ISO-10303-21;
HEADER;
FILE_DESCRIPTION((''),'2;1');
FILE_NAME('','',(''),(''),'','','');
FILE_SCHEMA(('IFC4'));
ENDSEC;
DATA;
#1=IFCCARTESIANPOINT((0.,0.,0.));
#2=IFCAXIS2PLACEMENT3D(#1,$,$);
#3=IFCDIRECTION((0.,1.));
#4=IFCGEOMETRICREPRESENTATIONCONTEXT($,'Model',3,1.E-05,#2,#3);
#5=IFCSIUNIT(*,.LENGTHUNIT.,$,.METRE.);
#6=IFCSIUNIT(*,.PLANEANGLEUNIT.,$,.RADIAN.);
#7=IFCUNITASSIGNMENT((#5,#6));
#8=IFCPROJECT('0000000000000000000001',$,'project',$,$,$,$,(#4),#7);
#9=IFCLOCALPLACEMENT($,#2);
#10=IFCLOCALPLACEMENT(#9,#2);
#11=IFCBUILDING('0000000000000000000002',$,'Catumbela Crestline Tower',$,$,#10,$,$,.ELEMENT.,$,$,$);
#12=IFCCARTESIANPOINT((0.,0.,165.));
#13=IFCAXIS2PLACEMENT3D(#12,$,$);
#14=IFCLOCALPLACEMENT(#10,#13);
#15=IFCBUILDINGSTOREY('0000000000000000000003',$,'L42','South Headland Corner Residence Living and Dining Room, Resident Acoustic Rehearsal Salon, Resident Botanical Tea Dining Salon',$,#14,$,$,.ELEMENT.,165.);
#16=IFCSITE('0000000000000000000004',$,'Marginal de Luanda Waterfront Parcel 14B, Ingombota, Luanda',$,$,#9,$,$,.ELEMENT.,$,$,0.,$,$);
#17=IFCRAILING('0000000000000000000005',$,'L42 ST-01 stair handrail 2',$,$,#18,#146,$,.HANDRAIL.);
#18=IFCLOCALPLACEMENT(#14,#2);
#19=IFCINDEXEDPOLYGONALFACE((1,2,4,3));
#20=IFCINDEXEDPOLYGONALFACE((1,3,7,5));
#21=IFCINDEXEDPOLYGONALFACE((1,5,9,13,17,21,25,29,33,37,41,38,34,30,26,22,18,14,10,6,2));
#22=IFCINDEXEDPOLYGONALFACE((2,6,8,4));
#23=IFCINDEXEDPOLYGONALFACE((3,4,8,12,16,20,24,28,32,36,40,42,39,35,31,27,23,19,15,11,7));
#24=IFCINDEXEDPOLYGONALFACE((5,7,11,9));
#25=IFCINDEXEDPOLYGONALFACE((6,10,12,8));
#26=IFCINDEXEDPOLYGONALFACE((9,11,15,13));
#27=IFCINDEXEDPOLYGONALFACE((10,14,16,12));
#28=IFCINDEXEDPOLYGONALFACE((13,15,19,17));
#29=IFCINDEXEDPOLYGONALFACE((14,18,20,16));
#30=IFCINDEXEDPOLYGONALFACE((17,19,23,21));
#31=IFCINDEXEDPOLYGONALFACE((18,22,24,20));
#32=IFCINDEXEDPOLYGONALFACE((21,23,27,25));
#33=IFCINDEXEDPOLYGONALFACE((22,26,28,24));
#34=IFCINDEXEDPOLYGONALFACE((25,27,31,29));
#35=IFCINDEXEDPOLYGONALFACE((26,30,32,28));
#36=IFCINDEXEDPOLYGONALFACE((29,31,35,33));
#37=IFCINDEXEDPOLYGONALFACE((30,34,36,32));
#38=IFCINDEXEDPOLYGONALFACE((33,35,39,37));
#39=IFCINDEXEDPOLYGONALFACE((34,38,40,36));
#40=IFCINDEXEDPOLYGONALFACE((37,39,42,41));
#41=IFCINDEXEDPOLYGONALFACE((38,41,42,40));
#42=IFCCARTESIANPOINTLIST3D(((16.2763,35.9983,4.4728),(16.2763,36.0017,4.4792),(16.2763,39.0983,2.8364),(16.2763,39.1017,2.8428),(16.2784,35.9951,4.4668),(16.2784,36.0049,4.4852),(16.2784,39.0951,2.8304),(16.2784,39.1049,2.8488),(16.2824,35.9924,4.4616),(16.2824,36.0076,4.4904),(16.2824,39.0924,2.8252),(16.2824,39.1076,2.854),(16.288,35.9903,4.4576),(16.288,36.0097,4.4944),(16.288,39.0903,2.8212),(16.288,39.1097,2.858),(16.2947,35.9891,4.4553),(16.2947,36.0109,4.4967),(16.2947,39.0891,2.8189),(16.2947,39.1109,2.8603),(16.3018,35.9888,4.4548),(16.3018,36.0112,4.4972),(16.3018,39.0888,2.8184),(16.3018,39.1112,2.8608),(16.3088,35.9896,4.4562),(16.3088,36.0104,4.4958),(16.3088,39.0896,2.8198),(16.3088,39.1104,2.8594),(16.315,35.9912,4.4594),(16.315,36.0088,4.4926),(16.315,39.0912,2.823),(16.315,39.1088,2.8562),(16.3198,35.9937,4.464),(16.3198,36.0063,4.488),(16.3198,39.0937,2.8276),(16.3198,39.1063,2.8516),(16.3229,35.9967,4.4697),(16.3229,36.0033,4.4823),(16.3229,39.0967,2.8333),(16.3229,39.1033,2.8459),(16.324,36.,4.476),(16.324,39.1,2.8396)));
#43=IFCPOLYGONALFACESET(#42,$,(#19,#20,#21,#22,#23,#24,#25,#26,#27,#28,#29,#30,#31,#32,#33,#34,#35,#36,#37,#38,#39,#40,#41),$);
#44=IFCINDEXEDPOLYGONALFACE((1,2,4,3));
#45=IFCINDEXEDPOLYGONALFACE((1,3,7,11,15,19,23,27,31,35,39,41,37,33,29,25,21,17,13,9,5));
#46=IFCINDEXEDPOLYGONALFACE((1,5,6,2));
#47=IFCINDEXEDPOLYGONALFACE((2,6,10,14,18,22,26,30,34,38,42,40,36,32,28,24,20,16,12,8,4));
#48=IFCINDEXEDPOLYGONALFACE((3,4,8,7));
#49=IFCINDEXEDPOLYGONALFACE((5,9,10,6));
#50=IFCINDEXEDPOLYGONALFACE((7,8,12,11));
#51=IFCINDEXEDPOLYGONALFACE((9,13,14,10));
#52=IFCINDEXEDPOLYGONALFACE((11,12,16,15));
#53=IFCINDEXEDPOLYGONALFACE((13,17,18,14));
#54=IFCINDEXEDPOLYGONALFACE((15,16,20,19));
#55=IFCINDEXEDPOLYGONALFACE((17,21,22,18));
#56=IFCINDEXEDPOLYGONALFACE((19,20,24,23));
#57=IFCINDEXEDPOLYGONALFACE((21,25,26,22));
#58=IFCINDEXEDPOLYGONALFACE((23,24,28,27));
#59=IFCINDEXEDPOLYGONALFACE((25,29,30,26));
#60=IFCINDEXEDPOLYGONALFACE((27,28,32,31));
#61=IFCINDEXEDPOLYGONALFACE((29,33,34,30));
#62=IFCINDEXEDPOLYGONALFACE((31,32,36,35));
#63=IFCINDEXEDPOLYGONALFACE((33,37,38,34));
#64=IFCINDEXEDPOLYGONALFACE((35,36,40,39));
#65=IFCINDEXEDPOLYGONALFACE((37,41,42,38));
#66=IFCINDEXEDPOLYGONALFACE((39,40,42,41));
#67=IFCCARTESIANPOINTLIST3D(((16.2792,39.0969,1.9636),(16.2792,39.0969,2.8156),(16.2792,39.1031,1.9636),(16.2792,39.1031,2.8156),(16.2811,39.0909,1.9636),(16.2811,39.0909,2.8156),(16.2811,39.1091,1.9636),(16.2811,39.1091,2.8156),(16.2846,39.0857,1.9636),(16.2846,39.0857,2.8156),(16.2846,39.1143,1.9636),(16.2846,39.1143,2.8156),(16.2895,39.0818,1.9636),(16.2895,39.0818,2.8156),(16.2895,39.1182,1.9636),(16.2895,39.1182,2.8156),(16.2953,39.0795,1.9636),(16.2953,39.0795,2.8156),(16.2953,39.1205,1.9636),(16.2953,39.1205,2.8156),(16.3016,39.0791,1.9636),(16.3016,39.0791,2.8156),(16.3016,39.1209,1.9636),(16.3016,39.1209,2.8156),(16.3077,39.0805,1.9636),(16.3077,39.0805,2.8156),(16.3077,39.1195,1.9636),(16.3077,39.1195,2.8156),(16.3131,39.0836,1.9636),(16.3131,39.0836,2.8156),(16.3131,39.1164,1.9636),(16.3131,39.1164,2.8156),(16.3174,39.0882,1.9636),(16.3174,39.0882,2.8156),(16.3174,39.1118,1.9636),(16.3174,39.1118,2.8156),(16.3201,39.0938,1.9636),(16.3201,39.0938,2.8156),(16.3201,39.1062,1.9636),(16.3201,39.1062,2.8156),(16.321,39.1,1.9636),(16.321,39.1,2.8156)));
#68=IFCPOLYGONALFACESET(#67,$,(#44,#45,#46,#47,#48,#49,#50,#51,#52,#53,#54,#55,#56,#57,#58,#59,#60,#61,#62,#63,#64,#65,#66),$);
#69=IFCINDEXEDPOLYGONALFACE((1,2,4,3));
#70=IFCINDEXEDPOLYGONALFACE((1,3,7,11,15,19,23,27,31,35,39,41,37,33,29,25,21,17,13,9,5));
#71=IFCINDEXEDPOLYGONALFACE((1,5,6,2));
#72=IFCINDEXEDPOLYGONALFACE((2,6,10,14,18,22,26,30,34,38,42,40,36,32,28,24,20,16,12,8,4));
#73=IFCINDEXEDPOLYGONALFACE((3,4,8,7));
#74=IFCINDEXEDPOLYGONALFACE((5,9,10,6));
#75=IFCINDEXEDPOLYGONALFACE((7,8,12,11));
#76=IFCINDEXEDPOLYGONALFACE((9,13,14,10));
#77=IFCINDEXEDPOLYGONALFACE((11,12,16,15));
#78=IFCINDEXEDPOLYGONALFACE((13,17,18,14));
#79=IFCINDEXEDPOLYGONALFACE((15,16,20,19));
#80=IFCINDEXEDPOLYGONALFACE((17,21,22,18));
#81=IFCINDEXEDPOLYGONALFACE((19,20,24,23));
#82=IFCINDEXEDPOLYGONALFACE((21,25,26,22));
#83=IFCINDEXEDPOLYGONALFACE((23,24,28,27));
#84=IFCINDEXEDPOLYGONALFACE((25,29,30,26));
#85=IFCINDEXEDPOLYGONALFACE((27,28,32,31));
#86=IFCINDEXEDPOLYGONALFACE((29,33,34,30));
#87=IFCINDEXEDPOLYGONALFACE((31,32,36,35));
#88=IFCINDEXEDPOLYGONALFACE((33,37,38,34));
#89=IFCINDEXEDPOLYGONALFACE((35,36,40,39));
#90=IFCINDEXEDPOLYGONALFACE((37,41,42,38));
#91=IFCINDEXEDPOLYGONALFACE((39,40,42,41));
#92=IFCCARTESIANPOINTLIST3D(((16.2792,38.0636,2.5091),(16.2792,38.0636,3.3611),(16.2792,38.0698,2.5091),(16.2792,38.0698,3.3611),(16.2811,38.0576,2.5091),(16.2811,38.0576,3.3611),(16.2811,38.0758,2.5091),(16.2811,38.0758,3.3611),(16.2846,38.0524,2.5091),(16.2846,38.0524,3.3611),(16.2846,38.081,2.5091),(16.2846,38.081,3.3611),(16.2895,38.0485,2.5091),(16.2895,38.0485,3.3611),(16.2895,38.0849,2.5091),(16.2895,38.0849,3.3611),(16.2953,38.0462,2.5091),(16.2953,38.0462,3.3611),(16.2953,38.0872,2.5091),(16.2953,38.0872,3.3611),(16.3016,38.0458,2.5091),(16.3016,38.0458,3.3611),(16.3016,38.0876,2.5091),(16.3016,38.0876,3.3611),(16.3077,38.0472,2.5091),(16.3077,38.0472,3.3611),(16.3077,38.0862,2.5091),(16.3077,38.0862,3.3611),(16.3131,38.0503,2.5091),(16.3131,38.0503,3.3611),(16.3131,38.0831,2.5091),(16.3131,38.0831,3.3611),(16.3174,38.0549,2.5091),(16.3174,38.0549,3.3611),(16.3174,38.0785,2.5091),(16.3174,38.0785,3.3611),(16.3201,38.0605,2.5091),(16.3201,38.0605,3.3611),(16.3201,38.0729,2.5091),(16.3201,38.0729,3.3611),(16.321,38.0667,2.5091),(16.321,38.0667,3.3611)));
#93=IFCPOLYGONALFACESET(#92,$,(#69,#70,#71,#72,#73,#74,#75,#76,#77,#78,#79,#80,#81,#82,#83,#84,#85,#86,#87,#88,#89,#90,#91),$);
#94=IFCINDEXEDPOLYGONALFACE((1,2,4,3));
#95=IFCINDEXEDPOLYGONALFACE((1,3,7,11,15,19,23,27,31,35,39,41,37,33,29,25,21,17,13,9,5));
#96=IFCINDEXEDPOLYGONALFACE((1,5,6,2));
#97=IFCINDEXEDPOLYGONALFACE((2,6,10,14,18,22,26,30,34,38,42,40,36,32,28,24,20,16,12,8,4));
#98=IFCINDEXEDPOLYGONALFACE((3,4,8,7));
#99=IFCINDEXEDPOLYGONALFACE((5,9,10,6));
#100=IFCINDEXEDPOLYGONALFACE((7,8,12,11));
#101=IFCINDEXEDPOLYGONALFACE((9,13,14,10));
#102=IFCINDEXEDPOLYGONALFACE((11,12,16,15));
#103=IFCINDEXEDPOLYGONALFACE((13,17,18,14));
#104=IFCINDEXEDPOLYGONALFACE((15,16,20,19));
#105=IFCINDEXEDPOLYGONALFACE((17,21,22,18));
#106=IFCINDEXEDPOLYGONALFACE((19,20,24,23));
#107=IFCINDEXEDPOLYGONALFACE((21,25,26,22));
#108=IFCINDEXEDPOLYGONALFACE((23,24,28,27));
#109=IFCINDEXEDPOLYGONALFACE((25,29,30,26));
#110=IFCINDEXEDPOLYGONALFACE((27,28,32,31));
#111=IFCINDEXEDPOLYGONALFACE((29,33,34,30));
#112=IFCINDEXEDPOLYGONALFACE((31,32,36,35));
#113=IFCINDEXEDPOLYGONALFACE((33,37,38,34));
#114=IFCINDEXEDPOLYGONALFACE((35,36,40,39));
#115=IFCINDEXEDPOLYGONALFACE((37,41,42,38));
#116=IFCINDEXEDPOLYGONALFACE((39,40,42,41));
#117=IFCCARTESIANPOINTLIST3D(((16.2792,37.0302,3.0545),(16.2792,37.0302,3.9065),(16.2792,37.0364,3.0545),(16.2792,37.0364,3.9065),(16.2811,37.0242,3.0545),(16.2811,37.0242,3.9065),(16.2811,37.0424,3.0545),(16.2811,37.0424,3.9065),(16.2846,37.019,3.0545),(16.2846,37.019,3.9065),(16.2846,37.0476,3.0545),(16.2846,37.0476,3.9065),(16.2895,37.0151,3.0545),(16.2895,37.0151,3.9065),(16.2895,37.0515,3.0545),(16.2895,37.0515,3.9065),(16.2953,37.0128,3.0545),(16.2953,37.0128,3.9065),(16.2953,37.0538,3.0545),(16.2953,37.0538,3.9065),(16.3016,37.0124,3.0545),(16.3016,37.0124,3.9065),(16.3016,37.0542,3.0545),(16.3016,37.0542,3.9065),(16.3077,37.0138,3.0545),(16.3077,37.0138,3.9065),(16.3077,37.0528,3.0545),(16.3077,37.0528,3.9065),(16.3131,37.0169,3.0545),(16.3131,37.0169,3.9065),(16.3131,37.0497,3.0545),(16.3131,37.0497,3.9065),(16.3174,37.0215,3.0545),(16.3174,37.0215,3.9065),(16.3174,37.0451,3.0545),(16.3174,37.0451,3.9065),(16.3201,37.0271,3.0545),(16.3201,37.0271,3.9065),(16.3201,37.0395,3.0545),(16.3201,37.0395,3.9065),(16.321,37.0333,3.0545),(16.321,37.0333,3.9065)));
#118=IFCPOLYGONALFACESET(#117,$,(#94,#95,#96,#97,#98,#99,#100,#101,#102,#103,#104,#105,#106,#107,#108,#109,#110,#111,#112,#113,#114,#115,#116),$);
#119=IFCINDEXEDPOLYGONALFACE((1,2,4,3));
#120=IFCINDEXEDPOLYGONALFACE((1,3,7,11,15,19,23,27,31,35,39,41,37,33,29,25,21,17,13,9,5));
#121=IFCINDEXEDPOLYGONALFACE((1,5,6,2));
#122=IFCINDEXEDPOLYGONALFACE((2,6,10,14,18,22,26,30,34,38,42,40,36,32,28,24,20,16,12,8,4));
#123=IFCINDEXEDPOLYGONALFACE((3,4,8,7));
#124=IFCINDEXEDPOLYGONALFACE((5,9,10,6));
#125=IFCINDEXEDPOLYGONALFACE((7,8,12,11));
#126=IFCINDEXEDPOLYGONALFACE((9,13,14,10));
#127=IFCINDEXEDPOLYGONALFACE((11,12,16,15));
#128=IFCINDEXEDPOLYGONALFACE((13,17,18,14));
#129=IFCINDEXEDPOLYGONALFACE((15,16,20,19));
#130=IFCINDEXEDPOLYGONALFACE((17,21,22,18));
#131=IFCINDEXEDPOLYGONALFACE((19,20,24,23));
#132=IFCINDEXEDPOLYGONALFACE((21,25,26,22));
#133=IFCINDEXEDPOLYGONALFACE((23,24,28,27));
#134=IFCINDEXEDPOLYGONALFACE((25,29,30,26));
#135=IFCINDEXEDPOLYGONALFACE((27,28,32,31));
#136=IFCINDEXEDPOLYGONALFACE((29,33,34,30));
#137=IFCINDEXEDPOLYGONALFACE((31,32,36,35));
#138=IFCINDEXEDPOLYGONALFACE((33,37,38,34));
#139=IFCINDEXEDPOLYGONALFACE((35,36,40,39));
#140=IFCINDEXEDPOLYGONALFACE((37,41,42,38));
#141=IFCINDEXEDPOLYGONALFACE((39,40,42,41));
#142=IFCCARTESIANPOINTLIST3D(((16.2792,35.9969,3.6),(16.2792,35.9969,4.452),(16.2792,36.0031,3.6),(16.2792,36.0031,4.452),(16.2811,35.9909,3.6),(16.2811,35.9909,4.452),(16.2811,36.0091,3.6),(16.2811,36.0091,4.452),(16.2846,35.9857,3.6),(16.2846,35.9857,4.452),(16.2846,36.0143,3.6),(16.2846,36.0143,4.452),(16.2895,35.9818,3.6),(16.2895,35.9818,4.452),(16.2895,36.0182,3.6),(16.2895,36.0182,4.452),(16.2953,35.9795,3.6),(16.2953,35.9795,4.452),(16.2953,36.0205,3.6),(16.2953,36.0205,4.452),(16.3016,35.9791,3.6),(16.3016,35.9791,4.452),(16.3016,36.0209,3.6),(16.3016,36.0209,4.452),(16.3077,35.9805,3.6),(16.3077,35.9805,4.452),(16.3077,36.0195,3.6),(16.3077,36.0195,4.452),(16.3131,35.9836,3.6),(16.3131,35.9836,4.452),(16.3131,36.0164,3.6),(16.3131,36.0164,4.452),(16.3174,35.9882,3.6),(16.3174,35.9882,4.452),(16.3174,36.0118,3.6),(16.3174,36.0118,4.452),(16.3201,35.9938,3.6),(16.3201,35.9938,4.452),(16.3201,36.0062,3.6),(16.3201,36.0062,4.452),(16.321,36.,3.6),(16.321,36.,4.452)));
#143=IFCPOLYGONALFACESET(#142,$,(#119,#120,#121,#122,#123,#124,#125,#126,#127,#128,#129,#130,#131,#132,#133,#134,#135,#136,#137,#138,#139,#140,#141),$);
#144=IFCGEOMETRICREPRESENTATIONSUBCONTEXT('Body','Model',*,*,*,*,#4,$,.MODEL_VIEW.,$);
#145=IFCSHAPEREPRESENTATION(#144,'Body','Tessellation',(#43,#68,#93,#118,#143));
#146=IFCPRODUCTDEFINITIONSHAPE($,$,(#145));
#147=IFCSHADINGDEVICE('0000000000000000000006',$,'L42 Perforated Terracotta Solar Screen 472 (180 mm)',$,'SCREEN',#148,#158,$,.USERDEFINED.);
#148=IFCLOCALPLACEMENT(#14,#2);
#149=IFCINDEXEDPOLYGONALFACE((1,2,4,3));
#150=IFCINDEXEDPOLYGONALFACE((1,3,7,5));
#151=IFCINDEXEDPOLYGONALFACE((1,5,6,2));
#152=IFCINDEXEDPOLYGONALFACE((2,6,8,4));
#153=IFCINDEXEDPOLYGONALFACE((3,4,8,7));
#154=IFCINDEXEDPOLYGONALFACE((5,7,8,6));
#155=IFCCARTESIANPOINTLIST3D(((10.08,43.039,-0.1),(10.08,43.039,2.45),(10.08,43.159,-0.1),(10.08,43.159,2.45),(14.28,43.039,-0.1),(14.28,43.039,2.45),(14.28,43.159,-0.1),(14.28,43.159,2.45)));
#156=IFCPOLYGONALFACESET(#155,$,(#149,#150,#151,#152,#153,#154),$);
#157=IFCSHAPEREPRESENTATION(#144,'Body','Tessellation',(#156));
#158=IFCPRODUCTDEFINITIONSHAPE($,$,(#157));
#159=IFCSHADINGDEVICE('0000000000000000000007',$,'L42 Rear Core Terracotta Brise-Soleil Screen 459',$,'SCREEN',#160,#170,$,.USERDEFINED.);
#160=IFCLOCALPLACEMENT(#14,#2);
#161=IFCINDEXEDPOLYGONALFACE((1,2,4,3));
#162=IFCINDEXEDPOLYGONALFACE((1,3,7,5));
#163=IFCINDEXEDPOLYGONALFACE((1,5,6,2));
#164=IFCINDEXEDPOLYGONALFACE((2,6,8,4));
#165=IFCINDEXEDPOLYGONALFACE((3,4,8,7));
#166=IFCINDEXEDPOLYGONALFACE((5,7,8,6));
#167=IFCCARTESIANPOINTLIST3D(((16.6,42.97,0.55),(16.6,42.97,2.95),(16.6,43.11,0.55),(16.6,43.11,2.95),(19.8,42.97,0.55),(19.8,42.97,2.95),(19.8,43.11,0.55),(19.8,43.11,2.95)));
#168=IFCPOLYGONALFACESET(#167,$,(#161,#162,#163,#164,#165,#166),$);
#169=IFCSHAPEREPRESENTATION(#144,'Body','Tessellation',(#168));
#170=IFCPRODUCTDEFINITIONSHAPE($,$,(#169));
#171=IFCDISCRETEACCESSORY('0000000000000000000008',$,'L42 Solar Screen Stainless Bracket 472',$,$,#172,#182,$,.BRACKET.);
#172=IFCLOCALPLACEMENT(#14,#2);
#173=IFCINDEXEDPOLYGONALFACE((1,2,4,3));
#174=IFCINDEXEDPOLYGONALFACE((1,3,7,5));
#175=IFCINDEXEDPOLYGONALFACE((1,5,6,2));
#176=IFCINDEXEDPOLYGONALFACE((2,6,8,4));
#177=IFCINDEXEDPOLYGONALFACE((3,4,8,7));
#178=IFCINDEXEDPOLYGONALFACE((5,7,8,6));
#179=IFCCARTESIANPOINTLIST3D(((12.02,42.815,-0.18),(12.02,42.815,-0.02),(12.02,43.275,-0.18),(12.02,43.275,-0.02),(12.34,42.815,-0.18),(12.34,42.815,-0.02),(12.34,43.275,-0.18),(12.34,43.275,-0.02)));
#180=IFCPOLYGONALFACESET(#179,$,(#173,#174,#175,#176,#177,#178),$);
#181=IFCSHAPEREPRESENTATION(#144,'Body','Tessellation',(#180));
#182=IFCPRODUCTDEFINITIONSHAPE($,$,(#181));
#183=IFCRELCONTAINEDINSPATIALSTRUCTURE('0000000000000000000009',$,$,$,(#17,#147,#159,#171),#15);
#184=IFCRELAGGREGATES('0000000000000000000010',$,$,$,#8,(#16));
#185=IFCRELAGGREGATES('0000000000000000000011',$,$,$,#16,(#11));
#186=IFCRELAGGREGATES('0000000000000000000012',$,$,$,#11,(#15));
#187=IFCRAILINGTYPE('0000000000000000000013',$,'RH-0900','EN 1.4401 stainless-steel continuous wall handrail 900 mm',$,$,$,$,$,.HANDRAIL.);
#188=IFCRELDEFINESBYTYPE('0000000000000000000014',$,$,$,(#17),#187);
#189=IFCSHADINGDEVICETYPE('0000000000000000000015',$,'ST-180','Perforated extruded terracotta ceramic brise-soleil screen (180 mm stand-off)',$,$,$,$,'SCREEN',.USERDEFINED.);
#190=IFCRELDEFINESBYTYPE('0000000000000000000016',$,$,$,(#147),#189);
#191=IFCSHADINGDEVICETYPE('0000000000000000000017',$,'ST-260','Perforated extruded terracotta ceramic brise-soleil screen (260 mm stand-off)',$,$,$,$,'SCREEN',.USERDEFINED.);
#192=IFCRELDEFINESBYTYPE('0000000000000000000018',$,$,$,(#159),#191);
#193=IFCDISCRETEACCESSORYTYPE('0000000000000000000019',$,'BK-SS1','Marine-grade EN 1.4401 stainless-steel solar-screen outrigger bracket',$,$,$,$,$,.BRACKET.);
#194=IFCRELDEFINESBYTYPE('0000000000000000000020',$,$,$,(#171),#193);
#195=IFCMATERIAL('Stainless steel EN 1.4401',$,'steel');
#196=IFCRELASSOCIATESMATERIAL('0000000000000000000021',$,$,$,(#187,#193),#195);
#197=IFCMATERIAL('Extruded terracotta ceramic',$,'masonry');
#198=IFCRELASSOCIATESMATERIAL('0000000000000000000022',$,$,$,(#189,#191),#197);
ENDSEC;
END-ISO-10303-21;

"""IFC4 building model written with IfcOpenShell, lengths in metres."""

from ifc_helpers import new_model, si_unit, direction, frame, origin, origin_2d, place, context, subcontext, project, spatial, rectangle, circle, extrude, material, type_object, element, save


model = new_model("IFC4")

# Units and contexts
model_context = context("Model", 3, precision=1e-05, world=origin(), true_north=direction((0.0, 1.0)))
body_context = subcontext(model_context, "Body", "Model", "MODEL_VIEW")
ifc_project = project(units=[si_unit("LENGTHUNIT", "METRE"), si_unit("PLANEANGLEUNIT", "RADIAN")], contexts=[model_context])

# Site, building, storey
site_placement = place(None, origin())
site = spatial("IfcSite", under=ifc_project, at=site_placement, Name="Marginal de Luanda Waterfront Parcel 14B, Ingombota, Luanda", CompositionType="ELEMENT", RefElevation=0.0)
building_placement = place(site_placement, origin())
building = spatial("IfcBuilding", under=site, at=building_placement, Name="Catumbela Crestline Tower", CompositionType="ELEMENT")
storey_placement = place(building_placement, frame((0.0, 0.0, 165.0)))
storey = spatial("IfcBuildingStorey", under=building, at=storey_placement, Name="L42", Description="South Headland Corner Residence Living and Dining Room, Resident Acoustic Rehearsal Salon, Resident Botanical Tea Dining Salon", CompositionType="ELEMENT", Elevation=165.0)

# Shared definitions
ifc_material_1 = material(Name="Stainless steel EN 1.4401", Category="steel")

# Railing
railing_type_1 = type_object("IfcRailingType", Name="RH-0900", Description="EN 1.4401 stainless-steel continuous wall handrail 900 mm", PredefinedType="HANDRAIL", material=ifc_material_1)
railing_1_placement = place(storey_placement, frame((16.3, 39.1, 1.9636)))
element("IfcRailing", 1, at=railing_1_placement, inside=storey, type_object=railing_type_1, Name="L42 ST-01 stair handrail 2", PredefinedType="HANDRAIL", context=body_context, shape_type="SweptSolid", body=[
    extrude(circle(Radius=0.024, at=origin_2d()), frame((0.0, 0.0, 0.876), z_axis=(0.0, -0.884351, 0.466823), x_axis=(1.0, 0.0, 0.0)), (0.0, 0.0, 1.0), 3.5054),
    extrude(circle(Radius=0.021, at=origin_2d()), origin(), (0.0, 0.0, 1.0), 0.852),
    extrude(circle(Radius=0.021, at=origin_2d()), frame((0.0, -1.0333, 0.5455)), (0.0, 0.0, 1.0), 0.852),
    extrude(circle(Radius=0.021, at=origin_2d()), frame((0.0, -2.0667, 1.0909)), (0.0, 0.0, 1.0), 0.852),
    extrude(circle(Radius=0.021, at=origin_2d()), frame((0.0, -3.1, 1.6364)), (0.0, 0.0, 1.0), 0.852),
])

# Shading devices
ifc_material_2 = material(Name="Extruded terracotta ceramic", Category="masonry")
shading_device_type_1 = type_object("IfcShadingDeviceType", Name="ST-180", Description="Perforated extruded terracotta ceramic brise-soleil screen (180 mm stand-off)", ElementType="SCREEN", PredefinedType="USERDEFINED", material=ifc_material_2)
shading_device_1_placement = place(storey_placement, frame((12.18, 43.099, -0.1), z_axis=(0.0, 0.0, 1.0), x_axis=(-1.0, 0.0, 0.0)))
element("IfcShadingDevice", 2, at=shading_device_1_placement, inside=storey, type_object=shading_device_type_1, Name="L42 Perforated Terracotta Solar Screen 472 (180 mm)", ObjectType="SCREEN", PredefinedType="USERDEFINED", context=body_context, shape_type="SweptSolid", body=[
    extrude(rectangle(XDim=4.2, YDim=0.12, at=origin_2d()), origin(), (0.0, 0.0, 1.0), 2.55),
])
shading_device_type_2 = type_object("IfcShadingDeviceType", Name="ST-260", Description="Perforated extruded terracotta ceramic brise-soleil screen (260 mm stand-off)", ElementType="SCREEN", PredefinedType="USERDEFINED", material=ifc_material_2)
shading_device_2_placement = place(storey_placement, frame((18.2, 43.04, 0.55), z_axis=(0.0, 0.0, 1.0), x_axis=(1.0, 0.0, 0.0)))
element("IfcShadingDevice", 3, at=shading_device_2_placement, inside=storey, type_object=shading_device_type_2, Name="L42 Rear Core Terracotta Brise-Soleil Screen 459", ObjectType="SCREEN", PredefinedType="USERDEFINED", context=body_context, shape_type="SweptSolid", body=[
    extrude(rectangle(XDim=3.2, YDim=0.14, at=origin_2d()), origin(), (0.0, 0.0, 1.0), 2.4),
])

# Discrete accessory
discrete_accessory_type = type_object("IfcDiscreteAccessoryType", Name="BK-SS1", Description="Marine-grade EN 1.4401 stainless-steel solar-screen outrigger bracket", PredefinedType="BRACKET", material=ifc_material_1)
discrete_accessory_placement = place(storey_placement, frame((12.18, 43.045, -0.18), z_axis=(0.0, 0.0, 1.0), x_axis=(-1.0, 0.0, 0.0)))
element("IfcDiscreteAccessory", 4, at=discrete_accessory_placement, inside=storey, type_object=discrete_accessory_type, Name="L42 Solar Screen Stainless Bracket 472", PredefinedType="BRACKET", context=body_context, shape_type="SweptSolid", body=[
    extrude(rectangle(XDim=0.32, YDim=0.46, at=origin_2d()), origin(), (0.0, 0.0, 1.0), 0.16),
])

save(model, "model.ifc")
